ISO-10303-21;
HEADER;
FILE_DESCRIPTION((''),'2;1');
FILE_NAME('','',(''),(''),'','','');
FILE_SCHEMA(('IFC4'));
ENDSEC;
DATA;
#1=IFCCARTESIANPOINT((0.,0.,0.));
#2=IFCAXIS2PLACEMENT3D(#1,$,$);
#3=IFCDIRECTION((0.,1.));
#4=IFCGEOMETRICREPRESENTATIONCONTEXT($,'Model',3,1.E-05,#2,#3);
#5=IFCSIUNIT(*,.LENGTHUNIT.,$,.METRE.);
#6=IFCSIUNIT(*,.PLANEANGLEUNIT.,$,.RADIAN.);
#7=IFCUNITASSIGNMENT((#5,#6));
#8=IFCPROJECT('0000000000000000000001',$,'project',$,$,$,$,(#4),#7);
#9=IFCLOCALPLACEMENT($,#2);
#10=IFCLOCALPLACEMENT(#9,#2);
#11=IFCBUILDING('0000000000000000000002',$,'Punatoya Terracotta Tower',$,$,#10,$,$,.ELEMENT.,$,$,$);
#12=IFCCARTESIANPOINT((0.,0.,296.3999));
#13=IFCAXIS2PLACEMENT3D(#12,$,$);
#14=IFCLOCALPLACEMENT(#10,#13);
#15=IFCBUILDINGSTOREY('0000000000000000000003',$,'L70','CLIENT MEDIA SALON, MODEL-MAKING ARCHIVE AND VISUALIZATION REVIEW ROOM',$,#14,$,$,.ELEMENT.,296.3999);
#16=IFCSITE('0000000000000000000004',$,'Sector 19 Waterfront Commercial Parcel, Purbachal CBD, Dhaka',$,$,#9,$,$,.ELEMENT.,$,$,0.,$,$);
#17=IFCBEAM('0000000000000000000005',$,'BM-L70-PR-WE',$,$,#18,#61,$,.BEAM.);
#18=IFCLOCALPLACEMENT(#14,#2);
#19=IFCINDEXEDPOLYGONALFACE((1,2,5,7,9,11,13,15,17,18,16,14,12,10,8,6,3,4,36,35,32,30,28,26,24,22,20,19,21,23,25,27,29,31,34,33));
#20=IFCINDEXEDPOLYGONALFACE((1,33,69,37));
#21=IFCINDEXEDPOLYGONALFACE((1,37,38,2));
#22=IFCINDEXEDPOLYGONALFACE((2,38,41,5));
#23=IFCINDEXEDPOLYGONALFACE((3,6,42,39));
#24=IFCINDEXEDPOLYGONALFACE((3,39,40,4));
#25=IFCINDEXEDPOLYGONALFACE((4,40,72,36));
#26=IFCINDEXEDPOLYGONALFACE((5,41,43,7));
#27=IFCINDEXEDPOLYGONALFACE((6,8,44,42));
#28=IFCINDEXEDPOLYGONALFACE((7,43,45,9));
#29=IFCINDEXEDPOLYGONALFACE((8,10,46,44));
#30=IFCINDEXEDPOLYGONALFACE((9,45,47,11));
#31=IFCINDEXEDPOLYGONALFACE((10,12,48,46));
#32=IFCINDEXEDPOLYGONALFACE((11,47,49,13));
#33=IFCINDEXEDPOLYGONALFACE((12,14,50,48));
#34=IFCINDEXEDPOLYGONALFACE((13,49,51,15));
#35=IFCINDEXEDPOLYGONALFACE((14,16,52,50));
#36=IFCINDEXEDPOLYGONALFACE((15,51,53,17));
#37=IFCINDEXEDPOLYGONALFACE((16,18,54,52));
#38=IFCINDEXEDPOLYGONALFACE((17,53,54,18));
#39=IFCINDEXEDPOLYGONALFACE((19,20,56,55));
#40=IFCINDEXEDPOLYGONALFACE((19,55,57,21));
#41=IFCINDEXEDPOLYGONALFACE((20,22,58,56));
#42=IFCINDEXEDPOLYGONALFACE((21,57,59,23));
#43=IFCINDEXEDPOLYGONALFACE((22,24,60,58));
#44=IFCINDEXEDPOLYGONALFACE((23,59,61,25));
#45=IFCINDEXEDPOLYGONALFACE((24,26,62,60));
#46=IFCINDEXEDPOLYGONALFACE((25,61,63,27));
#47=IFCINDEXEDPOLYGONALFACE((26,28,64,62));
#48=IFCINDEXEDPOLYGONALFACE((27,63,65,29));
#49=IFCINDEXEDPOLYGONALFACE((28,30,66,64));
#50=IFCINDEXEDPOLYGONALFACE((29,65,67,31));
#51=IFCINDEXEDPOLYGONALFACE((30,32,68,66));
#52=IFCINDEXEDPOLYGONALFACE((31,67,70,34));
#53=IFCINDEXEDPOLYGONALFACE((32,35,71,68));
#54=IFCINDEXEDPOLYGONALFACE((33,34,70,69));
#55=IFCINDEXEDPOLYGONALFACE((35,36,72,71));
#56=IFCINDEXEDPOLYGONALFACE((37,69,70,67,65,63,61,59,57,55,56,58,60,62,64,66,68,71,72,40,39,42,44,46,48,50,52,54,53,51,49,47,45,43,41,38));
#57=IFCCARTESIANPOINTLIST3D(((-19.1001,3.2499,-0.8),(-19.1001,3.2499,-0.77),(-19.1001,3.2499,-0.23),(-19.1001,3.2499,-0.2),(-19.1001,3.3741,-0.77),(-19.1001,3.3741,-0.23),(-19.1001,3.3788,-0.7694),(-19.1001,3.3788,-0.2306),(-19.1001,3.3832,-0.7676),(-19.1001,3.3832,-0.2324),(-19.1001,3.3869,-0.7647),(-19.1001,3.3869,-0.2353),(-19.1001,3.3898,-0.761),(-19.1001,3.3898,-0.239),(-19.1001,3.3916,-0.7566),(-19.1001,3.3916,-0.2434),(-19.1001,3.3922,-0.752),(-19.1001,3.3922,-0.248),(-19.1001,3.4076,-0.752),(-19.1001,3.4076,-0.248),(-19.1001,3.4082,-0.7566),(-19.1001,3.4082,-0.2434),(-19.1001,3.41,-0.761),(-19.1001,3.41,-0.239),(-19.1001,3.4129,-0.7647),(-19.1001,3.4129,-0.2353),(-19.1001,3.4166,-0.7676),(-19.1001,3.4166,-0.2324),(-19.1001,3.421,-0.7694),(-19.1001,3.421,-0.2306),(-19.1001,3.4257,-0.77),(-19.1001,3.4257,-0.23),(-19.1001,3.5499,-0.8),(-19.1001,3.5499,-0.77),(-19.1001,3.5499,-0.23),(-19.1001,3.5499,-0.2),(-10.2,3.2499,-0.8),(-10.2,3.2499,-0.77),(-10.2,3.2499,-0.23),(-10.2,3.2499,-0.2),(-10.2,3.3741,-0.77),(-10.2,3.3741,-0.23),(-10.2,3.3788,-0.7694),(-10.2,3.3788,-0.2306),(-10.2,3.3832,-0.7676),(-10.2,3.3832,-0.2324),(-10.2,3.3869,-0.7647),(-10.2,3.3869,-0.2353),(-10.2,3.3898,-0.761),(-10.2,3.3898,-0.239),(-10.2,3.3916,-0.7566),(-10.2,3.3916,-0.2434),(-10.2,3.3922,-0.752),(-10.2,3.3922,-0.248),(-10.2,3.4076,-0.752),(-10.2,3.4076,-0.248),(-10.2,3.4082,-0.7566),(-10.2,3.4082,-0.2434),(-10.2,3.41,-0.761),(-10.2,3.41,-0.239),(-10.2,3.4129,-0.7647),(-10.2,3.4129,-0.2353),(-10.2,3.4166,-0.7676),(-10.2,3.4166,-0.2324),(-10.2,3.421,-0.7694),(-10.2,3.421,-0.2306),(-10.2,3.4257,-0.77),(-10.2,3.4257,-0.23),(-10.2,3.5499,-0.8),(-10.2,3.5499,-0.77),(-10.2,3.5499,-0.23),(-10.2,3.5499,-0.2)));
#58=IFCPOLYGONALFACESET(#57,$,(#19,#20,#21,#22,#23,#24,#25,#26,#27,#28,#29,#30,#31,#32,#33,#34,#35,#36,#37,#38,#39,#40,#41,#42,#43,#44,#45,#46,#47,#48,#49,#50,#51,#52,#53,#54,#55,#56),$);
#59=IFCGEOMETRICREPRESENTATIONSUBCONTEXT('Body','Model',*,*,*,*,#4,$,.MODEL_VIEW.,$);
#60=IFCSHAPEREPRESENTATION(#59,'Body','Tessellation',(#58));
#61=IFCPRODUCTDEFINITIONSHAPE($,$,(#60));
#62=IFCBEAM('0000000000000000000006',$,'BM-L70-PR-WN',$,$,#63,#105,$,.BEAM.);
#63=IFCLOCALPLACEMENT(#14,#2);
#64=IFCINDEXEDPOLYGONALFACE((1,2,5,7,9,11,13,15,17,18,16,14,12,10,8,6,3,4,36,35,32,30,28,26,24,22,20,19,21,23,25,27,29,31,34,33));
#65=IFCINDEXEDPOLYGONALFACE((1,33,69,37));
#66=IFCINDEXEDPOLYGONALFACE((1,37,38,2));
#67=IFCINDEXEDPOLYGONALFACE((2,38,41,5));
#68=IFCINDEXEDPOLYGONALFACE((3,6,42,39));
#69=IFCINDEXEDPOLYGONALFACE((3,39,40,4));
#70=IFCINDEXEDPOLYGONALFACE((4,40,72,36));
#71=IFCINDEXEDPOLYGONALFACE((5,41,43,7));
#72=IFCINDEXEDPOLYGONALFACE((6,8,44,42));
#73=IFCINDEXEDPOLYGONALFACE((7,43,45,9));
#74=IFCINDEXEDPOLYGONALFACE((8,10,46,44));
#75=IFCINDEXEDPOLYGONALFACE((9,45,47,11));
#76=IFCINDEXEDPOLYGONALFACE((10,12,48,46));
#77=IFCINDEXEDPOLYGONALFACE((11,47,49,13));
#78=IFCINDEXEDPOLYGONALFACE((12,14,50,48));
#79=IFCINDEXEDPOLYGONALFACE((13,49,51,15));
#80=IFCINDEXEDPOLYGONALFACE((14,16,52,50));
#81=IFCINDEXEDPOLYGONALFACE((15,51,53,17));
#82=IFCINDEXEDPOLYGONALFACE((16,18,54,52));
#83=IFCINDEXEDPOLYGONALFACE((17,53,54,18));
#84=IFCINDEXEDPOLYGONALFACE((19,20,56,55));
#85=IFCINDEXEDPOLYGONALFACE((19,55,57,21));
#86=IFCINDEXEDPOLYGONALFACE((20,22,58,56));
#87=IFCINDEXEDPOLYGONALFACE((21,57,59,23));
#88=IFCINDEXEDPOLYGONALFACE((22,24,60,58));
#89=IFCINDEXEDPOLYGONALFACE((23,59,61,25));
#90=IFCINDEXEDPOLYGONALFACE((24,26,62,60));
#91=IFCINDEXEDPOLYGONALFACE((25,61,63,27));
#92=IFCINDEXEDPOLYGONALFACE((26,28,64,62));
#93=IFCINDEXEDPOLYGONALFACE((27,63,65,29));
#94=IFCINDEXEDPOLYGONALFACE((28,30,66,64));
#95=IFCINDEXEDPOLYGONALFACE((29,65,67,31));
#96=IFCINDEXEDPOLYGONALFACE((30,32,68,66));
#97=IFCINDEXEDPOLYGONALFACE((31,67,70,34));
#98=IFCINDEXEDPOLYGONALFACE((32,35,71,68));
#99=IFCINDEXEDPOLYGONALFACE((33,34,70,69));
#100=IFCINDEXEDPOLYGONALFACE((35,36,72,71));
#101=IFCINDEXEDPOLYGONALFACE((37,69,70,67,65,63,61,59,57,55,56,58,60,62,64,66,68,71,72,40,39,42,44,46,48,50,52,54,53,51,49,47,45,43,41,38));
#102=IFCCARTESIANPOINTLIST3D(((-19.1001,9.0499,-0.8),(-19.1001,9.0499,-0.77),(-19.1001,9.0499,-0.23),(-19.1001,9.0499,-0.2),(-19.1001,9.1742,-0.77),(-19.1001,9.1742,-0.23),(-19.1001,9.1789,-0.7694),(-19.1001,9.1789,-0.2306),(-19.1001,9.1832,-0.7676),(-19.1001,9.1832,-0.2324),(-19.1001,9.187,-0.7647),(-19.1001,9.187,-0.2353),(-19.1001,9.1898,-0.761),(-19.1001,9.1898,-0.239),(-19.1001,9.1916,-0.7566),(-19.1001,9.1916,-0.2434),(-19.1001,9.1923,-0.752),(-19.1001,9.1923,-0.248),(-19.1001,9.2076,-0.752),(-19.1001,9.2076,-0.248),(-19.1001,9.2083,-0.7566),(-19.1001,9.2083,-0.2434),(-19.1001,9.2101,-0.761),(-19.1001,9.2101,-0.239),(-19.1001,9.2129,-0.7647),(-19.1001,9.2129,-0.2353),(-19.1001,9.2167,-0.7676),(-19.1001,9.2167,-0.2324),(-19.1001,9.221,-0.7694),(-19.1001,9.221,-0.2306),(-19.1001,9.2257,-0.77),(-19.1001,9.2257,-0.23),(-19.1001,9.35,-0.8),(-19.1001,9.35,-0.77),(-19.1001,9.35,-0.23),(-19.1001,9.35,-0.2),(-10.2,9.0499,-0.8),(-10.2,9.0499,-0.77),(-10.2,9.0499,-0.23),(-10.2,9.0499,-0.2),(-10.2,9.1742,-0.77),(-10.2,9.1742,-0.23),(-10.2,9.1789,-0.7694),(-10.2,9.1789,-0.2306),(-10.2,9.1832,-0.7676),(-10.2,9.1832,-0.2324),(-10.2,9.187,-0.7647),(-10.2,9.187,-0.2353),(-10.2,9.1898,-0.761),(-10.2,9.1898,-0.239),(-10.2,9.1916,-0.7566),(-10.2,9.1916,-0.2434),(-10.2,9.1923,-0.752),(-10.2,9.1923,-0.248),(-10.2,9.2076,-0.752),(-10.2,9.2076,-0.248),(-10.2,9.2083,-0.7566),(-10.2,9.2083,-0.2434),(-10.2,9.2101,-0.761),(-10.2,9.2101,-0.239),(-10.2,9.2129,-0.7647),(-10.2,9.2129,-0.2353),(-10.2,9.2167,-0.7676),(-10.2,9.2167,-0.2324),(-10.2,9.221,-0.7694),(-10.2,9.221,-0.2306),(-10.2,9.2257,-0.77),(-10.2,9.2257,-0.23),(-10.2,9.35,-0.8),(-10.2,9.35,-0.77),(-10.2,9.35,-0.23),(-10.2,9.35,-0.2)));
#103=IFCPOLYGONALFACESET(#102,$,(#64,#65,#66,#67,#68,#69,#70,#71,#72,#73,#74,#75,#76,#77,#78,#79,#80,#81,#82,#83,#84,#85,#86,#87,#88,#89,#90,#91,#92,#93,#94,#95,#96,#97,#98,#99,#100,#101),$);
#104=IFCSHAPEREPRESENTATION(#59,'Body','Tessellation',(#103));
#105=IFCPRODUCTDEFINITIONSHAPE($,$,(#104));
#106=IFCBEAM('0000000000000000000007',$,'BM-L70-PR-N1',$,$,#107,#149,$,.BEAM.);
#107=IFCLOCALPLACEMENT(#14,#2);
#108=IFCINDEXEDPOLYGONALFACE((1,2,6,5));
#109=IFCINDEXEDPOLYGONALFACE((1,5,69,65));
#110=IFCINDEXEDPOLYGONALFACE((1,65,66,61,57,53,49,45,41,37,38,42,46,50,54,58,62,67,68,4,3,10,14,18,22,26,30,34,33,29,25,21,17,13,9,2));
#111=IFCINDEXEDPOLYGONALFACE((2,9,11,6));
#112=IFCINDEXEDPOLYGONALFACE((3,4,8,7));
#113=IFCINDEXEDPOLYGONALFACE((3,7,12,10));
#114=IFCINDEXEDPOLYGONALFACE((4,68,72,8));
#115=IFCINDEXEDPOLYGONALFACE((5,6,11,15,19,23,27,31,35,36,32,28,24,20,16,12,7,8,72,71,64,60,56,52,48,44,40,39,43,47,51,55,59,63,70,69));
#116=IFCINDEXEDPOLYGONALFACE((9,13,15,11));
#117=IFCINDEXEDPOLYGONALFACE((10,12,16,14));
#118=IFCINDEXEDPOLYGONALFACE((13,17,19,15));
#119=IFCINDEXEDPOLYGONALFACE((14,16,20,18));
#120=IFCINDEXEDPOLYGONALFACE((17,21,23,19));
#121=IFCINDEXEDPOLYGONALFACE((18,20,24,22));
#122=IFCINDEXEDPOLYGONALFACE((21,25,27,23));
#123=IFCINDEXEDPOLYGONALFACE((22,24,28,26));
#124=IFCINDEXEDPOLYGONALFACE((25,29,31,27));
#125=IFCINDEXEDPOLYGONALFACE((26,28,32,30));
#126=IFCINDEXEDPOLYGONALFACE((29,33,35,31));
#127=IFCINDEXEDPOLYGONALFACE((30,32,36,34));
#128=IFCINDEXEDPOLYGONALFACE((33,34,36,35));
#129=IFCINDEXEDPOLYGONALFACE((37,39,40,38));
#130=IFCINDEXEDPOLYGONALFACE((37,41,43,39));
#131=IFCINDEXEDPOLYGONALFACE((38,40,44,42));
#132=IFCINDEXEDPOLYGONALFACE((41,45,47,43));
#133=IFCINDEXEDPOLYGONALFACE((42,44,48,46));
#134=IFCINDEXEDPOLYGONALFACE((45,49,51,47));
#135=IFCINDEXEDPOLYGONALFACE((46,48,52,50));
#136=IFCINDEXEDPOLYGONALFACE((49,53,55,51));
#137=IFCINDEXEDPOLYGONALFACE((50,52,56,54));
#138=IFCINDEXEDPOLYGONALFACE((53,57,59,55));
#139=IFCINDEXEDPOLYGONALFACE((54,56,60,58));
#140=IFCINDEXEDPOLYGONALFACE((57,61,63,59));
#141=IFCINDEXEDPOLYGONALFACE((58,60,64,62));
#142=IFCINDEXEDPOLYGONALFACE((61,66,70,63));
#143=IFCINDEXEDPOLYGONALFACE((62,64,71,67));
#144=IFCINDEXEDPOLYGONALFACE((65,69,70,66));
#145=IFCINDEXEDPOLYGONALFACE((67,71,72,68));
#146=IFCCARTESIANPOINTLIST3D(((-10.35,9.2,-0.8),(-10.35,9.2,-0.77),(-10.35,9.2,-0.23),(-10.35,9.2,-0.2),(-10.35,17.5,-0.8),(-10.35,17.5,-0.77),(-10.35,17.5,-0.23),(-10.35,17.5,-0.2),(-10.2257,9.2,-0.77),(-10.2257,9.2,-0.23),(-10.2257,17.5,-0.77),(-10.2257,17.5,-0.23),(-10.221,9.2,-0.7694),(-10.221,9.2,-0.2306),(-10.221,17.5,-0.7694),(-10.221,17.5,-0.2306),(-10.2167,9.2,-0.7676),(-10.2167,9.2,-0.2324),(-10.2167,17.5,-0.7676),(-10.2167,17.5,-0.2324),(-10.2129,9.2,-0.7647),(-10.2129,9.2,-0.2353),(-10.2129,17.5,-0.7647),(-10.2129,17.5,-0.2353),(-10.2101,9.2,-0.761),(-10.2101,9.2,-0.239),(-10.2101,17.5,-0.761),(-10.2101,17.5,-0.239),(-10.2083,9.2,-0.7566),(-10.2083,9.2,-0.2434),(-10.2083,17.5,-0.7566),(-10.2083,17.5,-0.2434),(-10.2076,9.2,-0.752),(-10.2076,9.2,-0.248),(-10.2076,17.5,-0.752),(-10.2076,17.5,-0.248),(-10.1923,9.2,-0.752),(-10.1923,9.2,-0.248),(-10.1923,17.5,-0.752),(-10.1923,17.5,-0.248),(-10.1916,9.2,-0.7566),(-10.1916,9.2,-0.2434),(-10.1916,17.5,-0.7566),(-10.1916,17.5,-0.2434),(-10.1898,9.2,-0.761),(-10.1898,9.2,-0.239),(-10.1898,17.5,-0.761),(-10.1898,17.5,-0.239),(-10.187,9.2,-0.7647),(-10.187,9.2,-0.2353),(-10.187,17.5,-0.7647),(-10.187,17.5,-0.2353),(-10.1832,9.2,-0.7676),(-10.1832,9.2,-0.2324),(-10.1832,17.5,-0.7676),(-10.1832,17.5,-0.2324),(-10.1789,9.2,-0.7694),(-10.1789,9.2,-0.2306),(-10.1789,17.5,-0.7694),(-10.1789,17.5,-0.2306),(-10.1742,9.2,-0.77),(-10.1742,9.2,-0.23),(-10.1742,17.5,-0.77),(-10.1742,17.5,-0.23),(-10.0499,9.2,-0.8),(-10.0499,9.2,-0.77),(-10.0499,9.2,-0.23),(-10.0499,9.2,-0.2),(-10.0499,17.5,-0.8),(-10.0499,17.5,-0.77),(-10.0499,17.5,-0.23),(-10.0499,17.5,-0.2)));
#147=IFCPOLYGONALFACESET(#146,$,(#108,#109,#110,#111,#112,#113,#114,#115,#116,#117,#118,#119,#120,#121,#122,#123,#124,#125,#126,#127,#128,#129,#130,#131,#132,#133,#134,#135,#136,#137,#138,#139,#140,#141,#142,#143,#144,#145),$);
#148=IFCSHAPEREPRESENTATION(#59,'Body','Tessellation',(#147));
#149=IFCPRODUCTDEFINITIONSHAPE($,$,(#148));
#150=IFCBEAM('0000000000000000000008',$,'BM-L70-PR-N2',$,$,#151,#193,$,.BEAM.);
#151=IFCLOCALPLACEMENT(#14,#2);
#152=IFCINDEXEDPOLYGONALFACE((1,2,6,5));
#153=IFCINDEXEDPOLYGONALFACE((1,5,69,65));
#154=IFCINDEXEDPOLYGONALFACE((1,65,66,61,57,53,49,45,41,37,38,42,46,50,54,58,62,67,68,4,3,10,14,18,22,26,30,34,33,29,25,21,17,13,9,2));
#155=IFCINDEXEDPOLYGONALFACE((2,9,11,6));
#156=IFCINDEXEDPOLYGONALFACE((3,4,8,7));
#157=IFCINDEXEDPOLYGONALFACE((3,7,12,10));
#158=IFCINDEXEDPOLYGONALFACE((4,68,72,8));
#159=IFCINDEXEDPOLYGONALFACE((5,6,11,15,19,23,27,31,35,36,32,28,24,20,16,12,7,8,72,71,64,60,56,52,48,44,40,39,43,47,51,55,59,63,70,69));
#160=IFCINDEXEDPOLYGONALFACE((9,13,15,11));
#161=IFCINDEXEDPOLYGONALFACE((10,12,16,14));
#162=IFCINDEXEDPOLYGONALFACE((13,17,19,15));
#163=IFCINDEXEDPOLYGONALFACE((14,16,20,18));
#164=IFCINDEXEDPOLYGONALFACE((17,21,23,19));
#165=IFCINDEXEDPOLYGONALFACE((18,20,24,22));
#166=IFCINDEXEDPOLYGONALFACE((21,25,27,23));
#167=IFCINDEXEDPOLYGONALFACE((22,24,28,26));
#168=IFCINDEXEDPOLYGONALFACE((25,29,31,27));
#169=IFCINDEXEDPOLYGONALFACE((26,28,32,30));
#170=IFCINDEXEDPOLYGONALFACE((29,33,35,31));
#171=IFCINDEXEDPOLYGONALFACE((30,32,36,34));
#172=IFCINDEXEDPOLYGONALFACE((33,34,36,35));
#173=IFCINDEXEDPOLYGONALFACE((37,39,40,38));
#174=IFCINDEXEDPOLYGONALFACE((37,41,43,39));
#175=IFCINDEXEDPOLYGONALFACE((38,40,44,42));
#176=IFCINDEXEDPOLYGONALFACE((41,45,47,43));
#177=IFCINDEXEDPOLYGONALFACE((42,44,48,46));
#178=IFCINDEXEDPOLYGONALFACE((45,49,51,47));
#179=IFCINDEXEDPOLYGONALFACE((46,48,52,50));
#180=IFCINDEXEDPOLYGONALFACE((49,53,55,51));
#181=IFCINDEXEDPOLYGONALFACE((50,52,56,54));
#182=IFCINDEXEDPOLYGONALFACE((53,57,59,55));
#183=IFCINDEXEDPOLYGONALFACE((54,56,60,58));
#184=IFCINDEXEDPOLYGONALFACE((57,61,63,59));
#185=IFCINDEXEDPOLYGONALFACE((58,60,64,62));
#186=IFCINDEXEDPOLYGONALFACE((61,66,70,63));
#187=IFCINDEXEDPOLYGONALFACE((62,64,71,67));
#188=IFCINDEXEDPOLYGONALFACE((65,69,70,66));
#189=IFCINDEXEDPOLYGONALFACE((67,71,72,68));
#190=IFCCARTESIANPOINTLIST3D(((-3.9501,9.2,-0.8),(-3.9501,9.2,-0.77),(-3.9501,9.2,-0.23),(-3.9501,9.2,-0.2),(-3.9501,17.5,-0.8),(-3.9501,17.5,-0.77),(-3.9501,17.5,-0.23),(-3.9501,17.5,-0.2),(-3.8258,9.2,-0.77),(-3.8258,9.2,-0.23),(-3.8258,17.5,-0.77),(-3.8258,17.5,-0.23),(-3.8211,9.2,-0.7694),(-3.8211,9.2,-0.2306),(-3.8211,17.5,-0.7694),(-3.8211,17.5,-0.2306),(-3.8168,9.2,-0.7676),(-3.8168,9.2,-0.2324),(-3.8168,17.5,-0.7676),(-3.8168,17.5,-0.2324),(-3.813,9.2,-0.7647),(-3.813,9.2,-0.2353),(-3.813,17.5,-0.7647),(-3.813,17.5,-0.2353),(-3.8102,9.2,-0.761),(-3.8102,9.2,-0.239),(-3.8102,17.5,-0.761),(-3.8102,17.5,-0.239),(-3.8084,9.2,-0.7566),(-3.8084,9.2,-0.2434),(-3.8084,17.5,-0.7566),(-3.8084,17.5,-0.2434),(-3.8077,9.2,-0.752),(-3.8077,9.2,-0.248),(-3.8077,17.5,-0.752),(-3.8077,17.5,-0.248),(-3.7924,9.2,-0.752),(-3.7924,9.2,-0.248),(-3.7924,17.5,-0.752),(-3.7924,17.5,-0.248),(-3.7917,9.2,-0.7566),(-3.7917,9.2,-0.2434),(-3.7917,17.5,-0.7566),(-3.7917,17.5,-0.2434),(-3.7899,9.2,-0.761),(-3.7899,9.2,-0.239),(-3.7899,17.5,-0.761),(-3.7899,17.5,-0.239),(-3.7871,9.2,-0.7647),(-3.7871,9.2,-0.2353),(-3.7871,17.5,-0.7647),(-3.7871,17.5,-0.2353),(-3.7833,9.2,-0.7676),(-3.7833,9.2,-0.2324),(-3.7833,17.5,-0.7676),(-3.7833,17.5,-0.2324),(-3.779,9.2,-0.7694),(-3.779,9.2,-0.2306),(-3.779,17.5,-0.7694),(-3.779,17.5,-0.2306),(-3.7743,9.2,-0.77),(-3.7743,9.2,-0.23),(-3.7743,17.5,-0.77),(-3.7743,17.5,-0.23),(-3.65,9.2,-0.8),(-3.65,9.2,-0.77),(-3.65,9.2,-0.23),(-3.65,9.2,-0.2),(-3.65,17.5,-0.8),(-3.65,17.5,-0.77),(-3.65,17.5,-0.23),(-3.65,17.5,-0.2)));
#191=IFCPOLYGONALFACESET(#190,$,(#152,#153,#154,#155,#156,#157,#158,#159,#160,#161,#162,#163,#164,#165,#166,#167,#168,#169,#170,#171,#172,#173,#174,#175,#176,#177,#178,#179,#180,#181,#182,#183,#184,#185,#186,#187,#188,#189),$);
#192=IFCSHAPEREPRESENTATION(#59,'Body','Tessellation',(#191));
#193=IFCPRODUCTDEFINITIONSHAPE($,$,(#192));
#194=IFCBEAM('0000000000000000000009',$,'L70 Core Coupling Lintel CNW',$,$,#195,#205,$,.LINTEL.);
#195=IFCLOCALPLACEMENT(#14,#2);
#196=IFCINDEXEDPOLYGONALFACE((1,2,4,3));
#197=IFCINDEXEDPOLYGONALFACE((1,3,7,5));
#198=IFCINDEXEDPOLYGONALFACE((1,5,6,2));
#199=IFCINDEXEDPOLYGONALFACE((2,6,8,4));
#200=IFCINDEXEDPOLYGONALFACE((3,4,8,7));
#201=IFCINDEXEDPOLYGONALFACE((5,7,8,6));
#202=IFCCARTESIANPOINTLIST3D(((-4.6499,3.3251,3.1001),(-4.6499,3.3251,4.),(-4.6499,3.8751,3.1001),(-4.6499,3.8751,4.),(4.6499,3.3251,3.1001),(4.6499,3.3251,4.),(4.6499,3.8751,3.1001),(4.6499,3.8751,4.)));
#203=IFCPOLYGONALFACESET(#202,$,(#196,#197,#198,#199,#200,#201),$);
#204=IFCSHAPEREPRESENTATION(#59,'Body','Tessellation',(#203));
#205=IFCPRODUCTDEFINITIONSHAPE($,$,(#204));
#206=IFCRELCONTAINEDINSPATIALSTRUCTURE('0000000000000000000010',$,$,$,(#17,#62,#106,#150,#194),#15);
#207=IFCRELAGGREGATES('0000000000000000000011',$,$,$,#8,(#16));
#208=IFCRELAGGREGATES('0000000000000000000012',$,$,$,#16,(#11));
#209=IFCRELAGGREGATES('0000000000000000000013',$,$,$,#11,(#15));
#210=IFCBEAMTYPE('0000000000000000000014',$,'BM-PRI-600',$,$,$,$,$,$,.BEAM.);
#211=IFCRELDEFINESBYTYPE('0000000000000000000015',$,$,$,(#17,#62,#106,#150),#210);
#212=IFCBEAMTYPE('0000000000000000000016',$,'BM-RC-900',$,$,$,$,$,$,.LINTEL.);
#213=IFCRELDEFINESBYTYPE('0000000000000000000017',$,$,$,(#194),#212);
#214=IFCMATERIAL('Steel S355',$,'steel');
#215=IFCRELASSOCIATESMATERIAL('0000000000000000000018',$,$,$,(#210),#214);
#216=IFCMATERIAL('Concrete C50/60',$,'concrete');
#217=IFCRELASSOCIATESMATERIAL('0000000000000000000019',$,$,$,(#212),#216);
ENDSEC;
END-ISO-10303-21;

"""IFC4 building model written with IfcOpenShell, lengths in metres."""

from ifc_helpers import new_model, si_unit, direction, frame, origin, origin_2d, place, context, subcontext, project, spatial, rectangle, i_section, extrude, material, material_profile, profile_set, type_object, element, save


model = new_model("IFC4")

# Units and contexts
model_context = context("Model", 3, precision=1e-05, world=origin(), true_north=direction((0.0, 1.0)))
body_context = subcontext(model_context, "Body", "Model", "MODEL_VIEW")
ifc_project = project(units=[si_unit("LENGTHUNIT", "METRE"), si_unit("PLANEANGLEUNIT", "RADIAN")], contexts=[model_context])

# Site, building, storey
site_placement = place(None, origin())
site = spatial("IfcSite", under=ifc_project, at=site_placement, Name="Sector 19 Waterfront Commercial Parcel, Purbachal CBD, Dhaka", CompositionType="ELEMENT", RefElevation=0.0)
building_placement = place(site_placement, origin())
building = spatial("IfcBuilding", under=site, at=building_placement, Name="Punatoya Terracotta Tower", CompositionType="ELEMENT")
storey_placement = place(building_placement, frame((0.0, 0.0, 296.3999)))
storey = spatial("IfcBuildingStorey", under=building, at=storey_placement, Name="L70", Description="CLIENT MEDIA SALON, MODEL-MAKING ARCHIVE AND VISUALIZATION REVIEW ROOM", CompositionType="ELEMENT", Elevation=296.3999)

# Beams
ifc_material_1 = material(Name="Steel S355", Category="steel")
ifc_material_profile_1 = material_profile(ifc_material_1, i_section(OverallWidth=0.3, OverallDepth=0.6001, WebThickness=0.0154, FlangeThickness=0.03, FilletRadius=0.0181, at=origin_2d()))
ifc_profile_set_1 = profile_set([ifc_material_profile_1], Name="Steel S355")
beam_type_1 = type_object("IfcBeamType", Name="BM-PRI-600", PredefinedType="BEAM", material=ifc_profile_set_1)
for number, where, z_axis, x_axis, name in (
    (1, (-19.1001, 3.3999, -0.5), (1.0, 0.0, 0.0), (0.0, 1.0, 0.0), "BM-L70-PR-WE"),
    (2, (-19.1001, 9.2, -0.5), (1.0, 0.0, 0.0), (0.0, 1.0, 0.0), "BM-L70-PR-WN"),
):
    element("IfcBeam", number, at=place(storey_placement, frame(where, z_axis=z_axis, x_axis=x_axis)), inside=storey, type_object=beam_type_1, Name=name, PredefinedType="BEAM", context=body_context, shape_type="SweptSolid", body=[
        extrude(i_section(OverallWidth=0.3, OverallDepth=0.6001, WebThickness=0.0154, FlangeThickness=0.03, FilletRadius=0.0181, at=origin_2d()), origin(), (0.0, 0.0, 1.0), 8.9001),
    ])
for number, where, z_axis, x_axis, name in (
    (3, (-10.2, 9.2, -0.5), (0.0, 1.0, 0.0), (-1.0, 0.0, 0.0), "BM-L70-PR-N1"),
    (4, (-3.8, 9.2, -0.5), (0.0, 1.0, 0.0), (-1.0, 0.0, 0.0), "BM-L70-PR-N2"),
):
    element("IfcBeam", number, at=place(storey_placement, frame(where, z_axis=z_axis, x_axis=x_axis)), inside=storey, type_object=beam_type_1, Name=name, PredefinedType="BEAM", context=body_context, shape_type="SweptSolid", body=[
        extrude(i_section(OverallWidth=0.3, OverallDepth=0.6001, WebThickness=0.0154, FlangeThickness=0.03, FilletRadius=0.0181, at=origin_2d()), origin(), (0.0, 0.0, 1.0), 8.3),
    ])
ifc_material_2 = material(Name="Concrete C50/60", Category="concrete")
ifc_material_profile_2 = material_profile(ifc_material_2, rectangle(XDim=0.55, YDim=0.8999, at=origin_2d()))
ifc_profile_set_2 = profile_set([ifc_material_profile_2], Name="Concrete C50/60")
beam_type_2 = type_object("IfcBeamType", Name="BM-RC-900", PredefinedType="LINTEL", material=ifc_profile_set_2)
beam_1_placement = place(storey_placement, frame((-4.6499, 3.6001, 3.55), z_axis=(1.0, 0.0, 0.0), x_axis=(0.0, 1.0, 0.0)))
element("IfcBeam", 5, at=beam_1_placement, inside=storey, type_object=beam_type_2, Name="L70 Core Coupling Lintel CNW", PredefinedType="LINTEL", context=body_context, shape_type="SweptSolid", body=[
    extrude(rectangle(XDim=0.55, YDim=0.8999, at=origin_2d()), origin(), (0.0, 0.0, 1.0), 9.2998),
])

save(model, "model.ifc")
